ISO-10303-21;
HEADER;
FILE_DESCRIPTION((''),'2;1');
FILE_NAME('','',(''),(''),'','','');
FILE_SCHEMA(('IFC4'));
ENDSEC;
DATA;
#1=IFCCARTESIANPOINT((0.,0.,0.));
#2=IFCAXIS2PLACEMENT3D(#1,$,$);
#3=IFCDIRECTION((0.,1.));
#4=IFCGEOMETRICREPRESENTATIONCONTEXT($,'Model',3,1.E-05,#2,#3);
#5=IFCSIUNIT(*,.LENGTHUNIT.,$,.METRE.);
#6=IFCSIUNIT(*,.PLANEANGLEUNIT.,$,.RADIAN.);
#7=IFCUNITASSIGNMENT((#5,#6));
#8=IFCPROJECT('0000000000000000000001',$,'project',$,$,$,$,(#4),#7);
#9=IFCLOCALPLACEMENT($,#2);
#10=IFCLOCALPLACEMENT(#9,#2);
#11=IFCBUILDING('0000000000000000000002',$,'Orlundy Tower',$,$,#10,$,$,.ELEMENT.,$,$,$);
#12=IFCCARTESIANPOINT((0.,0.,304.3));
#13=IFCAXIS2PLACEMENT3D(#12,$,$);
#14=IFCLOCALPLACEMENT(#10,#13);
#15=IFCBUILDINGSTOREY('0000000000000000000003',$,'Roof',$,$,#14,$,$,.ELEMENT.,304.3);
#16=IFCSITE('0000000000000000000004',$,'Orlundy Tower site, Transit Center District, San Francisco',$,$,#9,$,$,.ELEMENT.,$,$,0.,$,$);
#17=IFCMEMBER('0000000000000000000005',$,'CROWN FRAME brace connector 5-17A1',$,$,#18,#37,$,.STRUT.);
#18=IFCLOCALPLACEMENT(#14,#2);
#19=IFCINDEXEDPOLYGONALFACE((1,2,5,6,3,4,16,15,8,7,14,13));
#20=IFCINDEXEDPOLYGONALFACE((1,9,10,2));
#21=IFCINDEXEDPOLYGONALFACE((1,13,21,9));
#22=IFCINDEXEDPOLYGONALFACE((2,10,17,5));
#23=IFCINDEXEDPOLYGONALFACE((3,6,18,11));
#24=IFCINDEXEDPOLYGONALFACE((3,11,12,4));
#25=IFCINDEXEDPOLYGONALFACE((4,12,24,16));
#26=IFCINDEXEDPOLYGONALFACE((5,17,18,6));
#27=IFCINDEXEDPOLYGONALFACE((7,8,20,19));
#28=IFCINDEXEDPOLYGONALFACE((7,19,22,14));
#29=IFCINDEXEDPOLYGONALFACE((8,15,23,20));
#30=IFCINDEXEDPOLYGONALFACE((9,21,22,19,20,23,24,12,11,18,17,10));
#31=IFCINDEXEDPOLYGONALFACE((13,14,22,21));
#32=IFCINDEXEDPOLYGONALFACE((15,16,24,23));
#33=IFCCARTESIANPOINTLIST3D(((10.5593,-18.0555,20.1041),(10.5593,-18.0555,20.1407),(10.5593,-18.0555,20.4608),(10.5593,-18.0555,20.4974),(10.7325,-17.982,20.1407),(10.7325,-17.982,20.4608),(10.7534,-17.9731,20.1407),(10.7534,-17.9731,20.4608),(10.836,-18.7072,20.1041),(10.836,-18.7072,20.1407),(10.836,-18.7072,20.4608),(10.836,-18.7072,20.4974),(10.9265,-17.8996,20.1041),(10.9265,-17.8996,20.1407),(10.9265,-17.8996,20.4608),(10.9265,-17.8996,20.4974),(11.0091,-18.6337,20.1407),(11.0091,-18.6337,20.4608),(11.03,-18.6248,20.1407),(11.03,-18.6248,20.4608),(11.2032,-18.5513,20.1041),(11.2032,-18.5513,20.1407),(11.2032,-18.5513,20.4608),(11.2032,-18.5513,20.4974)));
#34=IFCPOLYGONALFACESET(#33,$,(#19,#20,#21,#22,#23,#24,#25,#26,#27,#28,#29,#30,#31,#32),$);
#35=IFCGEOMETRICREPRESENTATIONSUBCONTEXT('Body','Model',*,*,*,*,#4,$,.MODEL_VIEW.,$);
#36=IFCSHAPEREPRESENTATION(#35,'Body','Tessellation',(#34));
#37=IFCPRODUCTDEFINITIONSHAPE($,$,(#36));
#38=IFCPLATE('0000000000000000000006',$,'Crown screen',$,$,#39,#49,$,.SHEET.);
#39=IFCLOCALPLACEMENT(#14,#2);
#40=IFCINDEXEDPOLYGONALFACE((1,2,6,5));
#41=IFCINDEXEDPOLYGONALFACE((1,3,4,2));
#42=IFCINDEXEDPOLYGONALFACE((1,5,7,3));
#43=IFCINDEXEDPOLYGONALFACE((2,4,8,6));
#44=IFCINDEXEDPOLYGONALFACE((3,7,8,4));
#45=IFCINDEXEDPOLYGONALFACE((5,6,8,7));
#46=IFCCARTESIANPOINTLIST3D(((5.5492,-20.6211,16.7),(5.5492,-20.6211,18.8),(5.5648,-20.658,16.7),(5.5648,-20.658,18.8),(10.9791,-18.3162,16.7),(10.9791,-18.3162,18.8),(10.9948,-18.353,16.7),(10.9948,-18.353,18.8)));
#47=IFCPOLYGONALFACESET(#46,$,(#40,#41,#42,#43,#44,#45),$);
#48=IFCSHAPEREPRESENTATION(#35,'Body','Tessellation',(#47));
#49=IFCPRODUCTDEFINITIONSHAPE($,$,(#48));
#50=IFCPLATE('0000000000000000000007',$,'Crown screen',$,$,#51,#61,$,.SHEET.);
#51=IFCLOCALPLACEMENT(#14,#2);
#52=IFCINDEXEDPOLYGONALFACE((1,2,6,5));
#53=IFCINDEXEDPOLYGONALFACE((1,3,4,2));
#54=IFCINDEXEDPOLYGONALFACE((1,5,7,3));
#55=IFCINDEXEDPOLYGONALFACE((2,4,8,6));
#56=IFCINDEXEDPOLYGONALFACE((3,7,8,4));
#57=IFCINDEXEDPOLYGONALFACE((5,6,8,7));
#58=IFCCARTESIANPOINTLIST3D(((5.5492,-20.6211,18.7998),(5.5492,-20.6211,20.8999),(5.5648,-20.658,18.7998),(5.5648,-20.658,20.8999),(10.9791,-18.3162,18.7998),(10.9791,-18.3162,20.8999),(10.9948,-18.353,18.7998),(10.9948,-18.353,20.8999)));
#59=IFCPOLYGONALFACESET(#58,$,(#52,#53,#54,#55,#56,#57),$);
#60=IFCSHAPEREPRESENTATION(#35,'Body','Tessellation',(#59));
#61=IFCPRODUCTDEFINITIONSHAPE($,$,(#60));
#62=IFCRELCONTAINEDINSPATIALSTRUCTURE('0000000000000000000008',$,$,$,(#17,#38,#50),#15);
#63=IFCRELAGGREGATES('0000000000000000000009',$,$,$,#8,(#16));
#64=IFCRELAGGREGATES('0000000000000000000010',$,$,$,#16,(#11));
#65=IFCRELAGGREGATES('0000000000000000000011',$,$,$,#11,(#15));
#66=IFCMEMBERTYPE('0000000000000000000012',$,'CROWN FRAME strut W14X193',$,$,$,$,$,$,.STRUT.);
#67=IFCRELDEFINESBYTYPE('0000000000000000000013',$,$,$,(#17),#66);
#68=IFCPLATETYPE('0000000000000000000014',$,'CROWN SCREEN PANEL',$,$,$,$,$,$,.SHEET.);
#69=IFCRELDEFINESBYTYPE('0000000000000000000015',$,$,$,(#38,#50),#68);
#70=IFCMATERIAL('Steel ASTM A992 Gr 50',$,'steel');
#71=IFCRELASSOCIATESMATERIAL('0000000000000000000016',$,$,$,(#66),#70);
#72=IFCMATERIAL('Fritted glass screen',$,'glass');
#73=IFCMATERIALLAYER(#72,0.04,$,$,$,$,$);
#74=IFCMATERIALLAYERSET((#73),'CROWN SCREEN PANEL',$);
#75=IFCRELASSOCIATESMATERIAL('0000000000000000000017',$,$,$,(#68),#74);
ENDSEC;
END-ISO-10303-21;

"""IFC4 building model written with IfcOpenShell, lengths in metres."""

from ifc_helpers import new_model, si_unit, direction, frame, origin, origin_2d, place, context, subcontext, project, spatial, rectangle, i_section, extrude, material, layer, layer_set, material_profile, profile_set, type_object, element, save


model = new_model("IFC4")

# Units and contexts
model_context = context("Model", 3, precision=1e-05, world=origin(), true_north=direction((0.0, 1.0)))
body_context = subcontext(model_context, "Body", "Model", "MODEL_VIEW")
ifc_project = project(units=[si_unit("LENGTHUNIT", "METRE"), si_unit("PLANEANGLEUNIT", "RADIAN")], contexts=[model_context])

# Site, building, storey
site_placement = place(None, origin())
site = spatial("IfcSite", under=ifc_project, at=site_placement, Name="Orlundy Tower site, Transit Center District, San Francisco", CompositionType="ELEMENT", RefElevation=0.0)
building_placement = place(site_placement, origin())
building = spatial("IfcBuilding", under=site, at=building_placement, Name="Orlundy Tower", CompositionType="ELEMENT")
storey_placement = place(building_placement, frame((0.0, 0.0, 304.3)))
storey = spatial("IfcBuildingStorey", under=building, at=storey_placement, Name="Roof", CompositionType="ELEMENT", Elevation=304.3)

# Member
ifc_material_1 = material(Name="Steel ASTM A992 Gr 50", Category="steel")
ifc_material_profile_1 = material_profile(ifc_material_1, i_section(OverallWidth=0.3989, OverallDepth=0.3933, WebThickness=0.0227, FlangeThickness=0.0366, at=origin_2d()), Name="W14X193")
ifc_profile_set_1 = profile_set([ifc_material_profile_1], Name="Steel ASTM A992 Gr 50")
member_type = type_object("IfcMemberType", Name="CROWN FRAME strut W14X193", PredefinedType="STRUT", material=ifc_profile_set_1)
for number, where, z_axis, x_axis, name in (
    (1, (10.7429, -17.9775, 20.3008), (0.390754, -0.920495, 0.0), (0.920495, 0.390754, 0.0), "CROWN FRAME brace connector 5-17A1"),
):
    element("IfcMember", number, at=place(storey_placement, frame(where, z_axis=z_axis, x_axis=x_axis)), inside=storey, type_object=member_type, Name=name, PredefinedType="STRUT", context=body_context, shape_type="SweptSolid", body=[
        extrude(i_section(OverallWidth=0.3989, OverallDepth=0.3933, WebThickness=0.0227, FlangeThickness=0.0366, at=origin_2d()), origin(), (0.0, 0.0, 1.0), 0.708),
    ])

# Plates
ifc_material_2 = material(Name="Fritted glass screen", Category="glass")
ifc_layer = layer(ifc_material_2, 0.04)
ifc_layer_set = layer_set([ifc_layer], Name="CROWN SCREEN PANEL")
plate_type = type_object("IfcPlateType", Name="CROWN SCREEN PANEL", PredefinedType="SHEET", material=ifc_layer_set)
for number, where, z_axis, x_axis, name in (
    (2, (8.272, -19.4871, 16.7), (0.0, 0.0, 1.0), (0.9205, 0.390742, 0.0), "Crown screen"),
    (3, (8.272, -19.4871, 18.7998), (0.0, 0.0, 1.0), (0.9205, 0.390742, 0.0), "Crown screen"),
):
    element("IfcPlate", number, at=place(storey_placement, frame(where, z_axis=z_axis, x_axis=x_axis)), inside=storey, type_object=plate_type, Name=name, PredefinedType="SHEET", context=body_context, shape_type="SweptSolid", body=[
        extrude(rectangle(XDim=5.8989, YDim=0.04, at=origin_2d()), origin(), (0.0, 0.0, 1.0), 2.1001),
    ])

save(model, "model.ifc")
